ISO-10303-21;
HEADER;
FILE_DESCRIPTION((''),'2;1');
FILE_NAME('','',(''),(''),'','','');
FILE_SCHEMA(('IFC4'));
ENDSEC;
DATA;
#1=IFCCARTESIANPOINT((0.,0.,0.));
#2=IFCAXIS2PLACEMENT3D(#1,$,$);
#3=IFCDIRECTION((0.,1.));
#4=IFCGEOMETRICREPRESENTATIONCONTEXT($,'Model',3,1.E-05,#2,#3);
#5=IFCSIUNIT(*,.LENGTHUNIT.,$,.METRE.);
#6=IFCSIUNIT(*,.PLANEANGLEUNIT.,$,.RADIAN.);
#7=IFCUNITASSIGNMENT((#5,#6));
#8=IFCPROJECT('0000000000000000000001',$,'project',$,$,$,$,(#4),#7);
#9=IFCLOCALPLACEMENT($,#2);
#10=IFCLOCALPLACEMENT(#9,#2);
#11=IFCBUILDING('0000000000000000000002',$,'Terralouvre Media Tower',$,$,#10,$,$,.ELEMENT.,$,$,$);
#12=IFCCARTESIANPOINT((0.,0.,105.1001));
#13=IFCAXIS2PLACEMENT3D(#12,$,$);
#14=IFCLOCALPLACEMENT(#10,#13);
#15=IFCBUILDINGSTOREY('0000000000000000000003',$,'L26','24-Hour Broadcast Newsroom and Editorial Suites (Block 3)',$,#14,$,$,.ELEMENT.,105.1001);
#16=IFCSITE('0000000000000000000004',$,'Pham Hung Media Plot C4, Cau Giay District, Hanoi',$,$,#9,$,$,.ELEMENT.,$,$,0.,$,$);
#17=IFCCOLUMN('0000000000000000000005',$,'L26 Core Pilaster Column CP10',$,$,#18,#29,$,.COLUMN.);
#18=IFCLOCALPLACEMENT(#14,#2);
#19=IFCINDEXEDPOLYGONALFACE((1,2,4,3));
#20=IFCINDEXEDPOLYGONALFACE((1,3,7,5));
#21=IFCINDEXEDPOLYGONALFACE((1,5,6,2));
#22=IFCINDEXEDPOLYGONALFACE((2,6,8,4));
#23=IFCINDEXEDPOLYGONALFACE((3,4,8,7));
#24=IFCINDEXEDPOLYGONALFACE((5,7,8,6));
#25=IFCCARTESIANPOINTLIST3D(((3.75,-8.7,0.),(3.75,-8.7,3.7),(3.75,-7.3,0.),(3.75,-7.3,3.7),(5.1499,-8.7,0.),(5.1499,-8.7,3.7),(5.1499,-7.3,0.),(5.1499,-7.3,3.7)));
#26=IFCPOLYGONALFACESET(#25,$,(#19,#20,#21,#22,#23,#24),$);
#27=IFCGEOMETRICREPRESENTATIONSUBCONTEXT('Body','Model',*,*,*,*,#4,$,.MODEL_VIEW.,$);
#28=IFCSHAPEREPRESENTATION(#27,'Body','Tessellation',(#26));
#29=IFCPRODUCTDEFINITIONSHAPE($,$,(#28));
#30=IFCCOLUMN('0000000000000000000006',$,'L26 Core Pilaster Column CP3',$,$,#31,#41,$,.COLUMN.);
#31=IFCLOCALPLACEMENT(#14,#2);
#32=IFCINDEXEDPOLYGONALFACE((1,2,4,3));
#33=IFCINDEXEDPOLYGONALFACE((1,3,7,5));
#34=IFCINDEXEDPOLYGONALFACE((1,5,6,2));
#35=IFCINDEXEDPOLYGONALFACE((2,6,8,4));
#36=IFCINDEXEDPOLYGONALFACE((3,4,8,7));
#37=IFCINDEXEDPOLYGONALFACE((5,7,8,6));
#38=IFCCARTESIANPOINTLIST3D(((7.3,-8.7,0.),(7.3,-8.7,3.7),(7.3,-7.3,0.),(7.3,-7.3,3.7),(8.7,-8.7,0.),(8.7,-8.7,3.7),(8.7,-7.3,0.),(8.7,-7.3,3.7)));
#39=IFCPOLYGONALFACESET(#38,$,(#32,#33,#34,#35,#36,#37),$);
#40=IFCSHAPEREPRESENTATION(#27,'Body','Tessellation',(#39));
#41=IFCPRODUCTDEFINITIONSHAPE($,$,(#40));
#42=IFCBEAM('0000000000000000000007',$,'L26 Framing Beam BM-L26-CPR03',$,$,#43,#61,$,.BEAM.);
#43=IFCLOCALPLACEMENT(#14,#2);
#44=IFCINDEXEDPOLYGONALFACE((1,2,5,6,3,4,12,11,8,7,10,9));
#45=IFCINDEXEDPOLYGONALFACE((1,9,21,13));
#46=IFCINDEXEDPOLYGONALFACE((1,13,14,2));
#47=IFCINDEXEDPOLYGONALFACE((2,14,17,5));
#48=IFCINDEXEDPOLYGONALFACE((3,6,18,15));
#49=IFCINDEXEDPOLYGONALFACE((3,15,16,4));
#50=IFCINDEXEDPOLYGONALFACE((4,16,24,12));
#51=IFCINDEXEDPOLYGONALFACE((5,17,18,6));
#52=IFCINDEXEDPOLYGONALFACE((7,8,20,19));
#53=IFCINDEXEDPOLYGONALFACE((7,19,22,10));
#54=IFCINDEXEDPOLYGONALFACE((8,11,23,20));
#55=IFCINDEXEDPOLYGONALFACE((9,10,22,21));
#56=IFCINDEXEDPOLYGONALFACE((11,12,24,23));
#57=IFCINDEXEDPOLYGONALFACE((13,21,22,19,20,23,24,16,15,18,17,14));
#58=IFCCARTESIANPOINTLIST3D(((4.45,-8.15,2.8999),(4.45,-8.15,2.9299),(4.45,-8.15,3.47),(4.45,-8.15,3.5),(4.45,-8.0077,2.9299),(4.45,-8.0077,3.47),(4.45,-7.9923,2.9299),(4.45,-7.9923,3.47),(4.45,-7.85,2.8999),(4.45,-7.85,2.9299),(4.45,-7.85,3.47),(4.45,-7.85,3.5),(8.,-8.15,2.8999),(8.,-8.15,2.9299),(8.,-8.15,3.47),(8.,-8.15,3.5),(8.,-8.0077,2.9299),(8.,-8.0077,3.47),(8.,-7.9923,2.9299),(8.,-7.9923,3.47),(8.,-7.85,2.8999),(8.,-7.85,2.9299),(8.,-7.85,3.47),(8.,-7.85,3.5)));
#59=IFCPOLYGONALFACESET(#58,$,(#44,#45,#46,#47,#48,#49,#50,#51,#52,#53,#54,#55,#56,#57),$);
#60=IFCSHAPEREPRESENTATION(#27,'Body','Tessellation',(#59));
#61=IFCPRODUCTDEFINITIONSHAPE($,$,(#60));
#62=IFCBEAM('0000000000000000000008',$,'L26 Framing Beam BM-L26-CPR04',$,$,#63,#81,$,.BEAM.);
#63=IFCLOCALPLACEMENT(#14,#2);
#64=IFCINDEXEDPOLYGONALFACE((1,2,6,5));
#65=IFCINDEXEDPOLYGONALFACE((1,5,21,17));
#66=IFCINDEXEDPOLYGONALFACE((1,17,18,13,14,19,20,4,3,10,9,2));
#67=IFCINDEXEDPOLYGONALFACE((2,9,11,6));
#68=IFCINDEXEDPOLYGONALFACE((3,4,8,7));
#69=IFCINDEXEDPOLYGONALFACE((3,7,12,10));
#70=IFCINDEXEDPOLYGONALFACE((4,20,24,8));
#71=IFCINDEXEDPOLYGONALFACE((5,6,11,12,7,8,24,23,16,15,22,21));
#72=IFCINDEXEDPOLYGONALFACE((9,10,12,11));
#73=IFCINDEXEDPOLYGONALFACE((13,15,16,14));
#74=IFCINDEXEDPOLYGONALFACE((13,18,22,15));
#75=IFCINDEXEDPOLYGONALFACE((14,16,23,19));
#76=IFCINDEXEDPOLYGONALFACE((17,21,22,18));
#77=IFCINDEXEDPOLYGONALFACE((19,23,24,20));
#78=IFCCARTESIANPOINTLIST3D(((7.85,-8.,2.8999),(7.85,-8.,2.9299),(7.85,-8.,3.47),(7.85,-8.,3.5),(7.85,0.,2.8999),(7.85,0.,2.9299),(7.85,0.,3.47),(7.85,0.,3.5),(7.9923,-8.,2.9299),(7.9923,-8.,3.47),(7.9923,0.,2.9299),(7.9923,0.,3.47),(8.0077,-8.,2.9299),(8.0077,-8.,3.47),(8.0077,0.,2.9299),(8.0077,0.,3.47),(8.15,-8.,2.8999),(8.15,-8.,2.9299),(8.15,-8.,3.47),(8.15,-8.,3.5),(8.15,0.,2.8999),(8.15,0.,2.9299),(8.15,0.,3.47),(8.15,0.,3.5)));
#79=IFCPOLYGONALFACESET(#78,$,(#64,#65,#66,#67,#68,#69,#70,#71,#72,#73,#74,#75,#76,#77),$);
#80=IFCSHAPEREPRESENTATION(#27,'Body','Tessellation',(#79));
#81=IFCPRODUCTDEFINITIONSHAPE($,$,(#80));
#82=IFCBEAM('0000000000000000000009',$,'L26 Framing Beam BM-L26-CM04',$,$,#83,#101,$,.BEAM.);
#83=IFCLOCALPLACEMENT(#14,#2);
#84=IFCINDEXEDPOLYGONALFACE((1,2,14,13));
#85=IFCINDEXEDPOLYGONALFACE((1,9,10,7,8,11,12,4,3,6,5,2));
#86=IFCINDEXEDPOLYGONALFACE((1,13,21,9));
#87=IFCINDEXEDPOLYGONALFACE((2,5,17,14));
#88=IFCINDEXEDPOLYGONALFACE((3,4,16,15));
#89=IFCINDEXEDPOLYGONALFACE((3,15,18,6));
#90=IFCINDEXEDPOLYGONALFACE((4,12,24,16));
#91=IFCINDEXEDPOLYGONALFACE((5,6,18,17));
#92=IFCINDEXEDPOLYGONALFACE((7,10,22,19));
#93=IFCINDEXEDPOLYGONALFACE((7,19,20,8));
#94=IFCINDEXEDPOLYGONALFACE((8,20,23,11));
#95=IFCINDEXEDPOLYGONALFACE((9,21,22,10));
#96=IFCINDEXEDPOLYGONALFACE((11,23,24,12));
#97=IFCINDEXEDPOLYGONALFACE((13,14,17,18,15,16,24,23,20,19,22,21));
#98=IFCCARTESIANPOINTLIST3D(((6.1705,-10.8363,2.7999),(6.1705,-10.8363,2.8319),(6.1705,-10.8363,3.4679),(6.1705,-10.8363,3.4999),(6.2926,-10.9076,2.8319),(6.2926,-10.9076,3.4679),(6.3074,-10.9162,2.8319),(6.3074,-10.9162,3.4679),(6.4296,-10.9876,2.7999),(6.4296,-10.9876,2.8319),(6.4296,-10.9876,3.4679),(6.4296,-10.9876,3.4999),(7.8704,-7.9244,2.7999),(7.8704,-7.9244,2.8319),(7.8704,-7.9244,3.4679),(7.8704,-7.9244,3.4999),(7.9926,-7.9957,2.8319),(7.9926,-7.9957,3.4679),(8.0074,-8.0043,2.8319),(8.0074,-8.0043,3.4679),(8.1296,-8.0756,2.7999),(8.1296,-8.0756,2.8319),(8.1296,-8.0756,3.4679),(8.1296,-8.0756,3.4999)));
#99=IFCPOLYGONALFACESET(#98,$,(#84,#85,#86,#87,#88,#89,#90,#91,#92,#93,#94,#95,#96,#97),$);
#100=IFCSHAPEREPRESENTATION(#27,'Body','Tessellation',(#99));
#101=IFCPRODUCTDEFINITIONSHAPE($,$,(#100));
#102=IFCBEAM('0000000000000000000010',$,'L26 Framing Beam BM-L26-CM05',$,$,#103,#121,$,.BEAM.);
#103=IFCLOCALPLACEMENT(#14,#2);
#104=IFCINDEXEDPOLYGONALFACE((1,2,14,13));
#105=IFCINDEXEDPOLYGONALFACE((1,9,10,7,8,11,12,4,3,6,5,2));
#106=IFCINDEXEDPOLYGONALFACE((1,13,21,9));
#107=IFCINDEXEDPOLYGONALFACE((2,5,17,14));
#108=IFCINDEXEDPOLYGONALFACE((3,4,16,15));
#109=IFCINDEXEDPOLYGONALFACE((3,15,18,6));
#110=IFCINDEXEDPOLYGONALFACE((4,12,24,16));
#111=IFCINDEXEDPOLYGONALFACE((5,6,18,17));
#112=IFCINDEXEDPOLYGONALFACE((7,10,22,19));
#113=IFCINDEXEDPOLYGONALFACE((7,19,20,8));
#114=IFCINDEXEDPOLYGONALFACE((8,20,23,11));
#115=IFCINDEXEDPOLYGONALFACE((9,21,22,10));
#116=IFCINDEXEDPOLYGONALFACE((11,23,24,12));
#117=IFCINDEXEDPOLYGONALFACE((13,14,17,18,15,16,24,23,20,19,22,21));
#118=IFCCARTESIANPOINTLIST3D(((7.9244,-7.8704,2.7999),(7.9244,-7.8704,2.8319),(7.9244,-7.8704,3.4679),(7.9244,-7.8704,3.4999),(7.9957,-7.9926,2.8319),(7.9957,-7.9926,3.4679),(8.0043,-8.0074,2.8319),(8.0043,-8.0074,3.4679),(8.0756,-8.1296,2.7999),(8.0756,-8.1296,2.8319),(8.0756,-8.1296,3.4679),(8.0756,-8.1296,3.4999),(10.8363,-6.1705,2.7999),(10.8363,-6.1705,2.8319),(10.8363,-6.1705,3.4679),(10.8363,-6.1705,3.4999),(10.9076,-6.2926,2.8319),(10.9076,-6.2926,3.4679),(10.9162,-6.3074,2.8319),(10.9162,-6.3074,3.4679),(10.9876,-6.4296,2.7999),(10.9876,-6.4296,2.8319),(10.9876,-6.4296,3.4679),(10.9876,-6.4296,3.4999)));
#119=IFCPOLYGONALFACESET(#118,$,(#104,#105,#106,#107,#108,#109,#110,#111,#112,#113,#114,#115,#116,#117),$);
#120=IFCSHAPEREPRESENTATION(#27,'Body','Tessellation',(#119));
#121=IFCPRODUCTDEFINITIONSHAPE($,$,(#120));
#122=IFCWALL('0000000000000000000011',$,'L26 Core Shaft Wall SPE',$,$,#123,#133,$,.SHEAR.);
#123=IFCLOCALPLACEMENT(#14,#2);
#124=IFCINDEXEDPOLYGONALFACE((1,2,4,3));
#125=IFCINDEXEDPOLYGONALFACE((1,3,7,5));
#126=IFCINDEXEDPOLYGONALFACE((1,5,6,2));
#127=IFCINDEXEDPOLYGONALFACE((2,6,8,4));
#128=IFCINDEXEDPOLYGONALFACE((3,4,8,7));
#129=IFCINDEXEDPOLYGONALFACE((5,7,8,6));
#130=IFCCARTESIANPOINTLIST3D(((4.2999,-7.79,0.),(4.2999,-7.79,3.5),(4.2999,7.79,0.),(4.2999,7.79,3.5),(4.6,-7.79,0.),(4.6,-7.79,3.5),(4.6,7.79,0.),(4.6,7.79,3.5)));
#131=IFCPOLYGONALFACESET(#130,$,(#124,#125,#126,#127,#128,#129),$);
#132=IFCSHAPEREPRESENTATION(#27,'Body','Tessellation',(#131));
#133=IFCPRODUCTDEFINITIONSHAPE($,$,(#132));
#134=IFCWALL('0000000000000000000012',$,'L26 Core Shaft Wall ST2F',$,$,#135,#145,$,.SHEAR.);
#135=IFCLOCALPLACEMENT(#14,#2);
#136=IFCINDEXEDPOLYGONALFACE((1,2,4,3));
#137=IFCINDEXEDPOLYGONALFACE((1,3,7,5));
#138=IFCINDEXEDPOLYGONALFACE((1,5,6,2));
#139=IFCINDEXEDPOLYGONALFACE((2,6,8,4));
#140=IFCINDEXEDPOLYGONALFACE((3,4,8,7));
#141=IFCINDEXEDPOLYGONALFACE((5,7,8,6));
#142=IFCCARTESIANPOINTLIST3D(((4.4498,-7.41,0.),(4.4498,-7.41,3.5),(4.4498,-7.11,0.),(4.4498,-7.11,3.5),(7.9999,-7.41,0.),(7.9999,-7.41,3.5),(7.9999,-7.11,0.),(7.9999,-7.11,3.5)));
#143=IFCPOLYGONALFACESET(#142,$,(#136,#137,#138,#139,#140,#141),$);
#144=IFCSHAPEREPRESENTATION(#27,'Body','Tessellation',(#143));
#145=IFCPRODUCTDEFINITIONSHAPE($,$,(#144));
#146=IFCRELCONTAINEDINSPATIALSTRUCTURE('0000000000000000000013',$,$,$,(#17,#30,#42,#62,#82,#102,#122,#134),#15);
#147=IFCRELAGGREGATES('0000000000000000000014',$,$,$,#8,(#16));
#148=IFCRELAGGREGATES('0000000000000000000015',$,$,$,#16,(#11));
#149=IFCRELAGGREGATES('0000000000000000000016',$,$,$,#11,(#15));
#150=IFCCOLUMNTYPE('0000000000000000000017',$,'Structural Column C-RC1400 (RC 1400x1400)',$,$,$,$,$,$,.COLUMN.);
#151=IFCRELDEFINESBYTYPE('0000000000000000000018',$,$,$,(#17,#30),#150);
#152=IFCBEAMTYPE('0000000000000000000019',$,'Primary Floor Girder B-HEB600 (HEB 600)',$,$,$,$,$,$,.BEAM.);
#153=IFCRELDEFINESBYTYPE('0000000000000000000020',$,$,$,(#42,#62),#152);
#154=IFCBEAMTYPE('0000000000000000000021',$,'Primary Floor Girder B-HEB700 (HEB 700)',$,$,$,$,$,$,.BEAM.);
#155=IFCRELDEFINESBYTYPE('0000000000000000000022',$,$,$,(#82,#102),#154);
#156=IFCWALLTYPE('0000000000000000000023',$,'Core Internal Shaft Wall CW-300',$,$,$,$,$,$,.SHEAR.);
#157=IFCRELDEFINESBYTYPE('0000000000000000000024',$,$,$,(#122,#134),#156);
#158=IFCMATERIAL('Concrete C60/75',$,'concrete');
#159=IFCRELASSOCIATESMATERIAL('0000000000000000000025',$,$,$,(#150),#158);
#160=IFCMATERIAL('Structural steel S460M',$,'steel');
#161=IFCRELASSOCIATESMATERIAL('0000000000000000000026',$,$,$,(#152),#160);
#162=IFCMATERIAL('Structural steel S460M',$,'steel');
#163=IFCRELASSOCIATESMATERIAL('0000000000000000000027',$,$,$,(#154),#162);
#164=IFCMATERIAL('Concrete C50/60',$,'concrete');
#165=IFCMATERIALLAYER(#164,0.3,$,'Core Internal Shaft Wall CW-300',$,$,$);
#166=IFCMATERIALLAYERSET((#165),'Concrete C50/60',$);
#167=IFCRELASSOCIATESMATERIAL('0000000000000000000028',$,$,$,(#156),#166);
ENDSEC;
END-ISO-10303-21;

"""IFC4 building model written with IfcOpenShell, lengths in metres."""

from ifc_helpers import new_model, si_unit, direction, frame, frame_2d, origin, origin_2d, place, context, subcontext, project, spatial, rectangle, i_section, extrude, material, layer, layer_set, material_profile, profile_set, type_object, element, save


model = new_model("IFC4")

# Units and contexts
model_context = context("Model", 3, precision=1e-05, world=origin(), true_north=direction((0.0, 1.0)))
body_context = subcontext(model_context, "Body", "Model", "MODEL_VIEW")
ifc_project = project(units=[si_unit("LENGTHUNIT", "METRE"), si_unit("PLANEANGLEUNIT", "RADIAN")], contexts=[model_context])

# Site, building, storey
site_placement = place(None, origin())
site = spatial("IfcSite", under=ifc_project, at=site_placement, Name="Pham Hung Media Plot C4, Cau Giay District, Hanoi", CompositionType="ELEMENT", RefElevation=0.0)
building_placement = place(site_placement, origin())
building = spatial("IfcBuilding", under=site, at=building_placement, Name="Terralouvre Media Tower", CompositionType="ELEMENT")
storey_placement = place(building_placement, frame((0.0, 0.0, 105.1001)))
storey = spatial("IfcBuildingStorey", under=building, at=storey_placement, Name="L26", Description="24-Hour Broadcast Newsroom and Editorial Suites (Block 3)", CompositionType="ELEMENT", Elevation=105.1001)

# Columns
ifc_material_1 = material(Name="Concrete C60/75", Category="concrete")
ifc_material_profile_1 = material_profile(ifc_material_1, rectangle(XDim=1.3999, YDim=1.3999, at=origin_2d()), Name="RC 1400x1400")
ifc_profile_set_1 = profile_set([ifc_material_profile_1], Name="Concrete C60/75")
column_type = type_object("IfcColumnType", Name="Structural Column C-RC1400 (RC 1400x1400)", PredefinedType="COLUMN", material=ifc_profile_set_1)
for number, where, z_axis, x_axis, name in (
    (1, (4.45, -8.0, 0.0), (0.0, 0.0, 1.0), (1.0, 0.0, 0.0), "L26 Core Pilaster Column CP10"),
    (2, (8.0, -8.0, 0.0), (0.0, 0.0, 1.0), (1.0, 0.0, 0.0), "L26 Core Pilaster Column CP3"),
):
    element("IfcColumn", number, at=place(storey_placement, frame(where, z_axis=z_axis, x_axis=x_axis)), inside=storey, type_object=column_type, Name=name, PredefinedType="COLUMN", context=body_context, shape_type="SweptSolid", body=[
        extrude(rectangle(XDim=1.3999, YDim=1.3999, at=origin_2d()), origin(), (0.0, 0.0, 1.0), 3.7),
    ])

# Beams
ifc_material_2 = material(Name="Structural steel S460M", Category="steel")
ifc_material_profile_2 = material_profile(ifc_material_2, i_section(OverallWidth=0.3, OverallDepth=0.6001, WebThickness=0.0154, FlangeThickness=0.03, at=origin_2d()), Name="HEB 600")
ifc_profile_set_2 = profile_set([ifc_material_profile_2], Name="Structural steel S460M")
beam_type_1 = type_object("IfcBeamType", Name="Primary Floor Girder B-HEB600 (HEB 600)", PredefinedType="BEAM", material=ifc_profile_set_2)
beam_1_placement = place(storey_placement, frame((4.45, -8.0, 3.2), z_axis=(1.0, 0.0, 0.0), x_axis=(0.0, 1.0, 0.0)))
element("IfcBeam", 3, at=beam_1_placement, inside=storey, type_object=beam_type_1, Name="L26 Framing Beam BM-L26-CPR03", PredefinedType="BEAM", context=body_context, shape_type="SweptSolid", body=[
    extrude(i_section(OverallWidth=0.3, OverallDepth=0.6001, WebThickness=0.0154, FlangeThickness=0.03, at=origin_2d()), origin(), (0.0, 0.0, 1.0), 3.55),
])
beam_2_placement = place(storey_placement, frame((8.0, -8.0, 3.2), z_axis=(0.0, 1.0, 0.0), x_axis=(-1.0, 0.0, 0.0)))
element("IfcBeam", 4, at=beam_2_placement, inside=storey, type_object=beam_type_1, Name="L26 Framing Beam BM-L26-CPR04", PredefinedType="BEAM", context=body_context, shape_type="SweptSolid", body=[
    extrude(i_section(OverallWidth=0.3, OverallDepth=0.6001, WebThickness=0.0154, FlangeThickness=0.03, at=origin_2d()), origin(), (0.0, 0.0, 1.0), 8.0),
])
ifc_material_3 = material(Name="Structural steel S460M", Category="steel")
ifc_material_profile_3 = material_profile(ifc_material_3, i_section(OverallWidth=0.3, OverallDepth=0.7, WebThickness=0.0171, FlangeThickness=0.032, at=origin_2d()), Name="HEB 700")
ifc_profile_set_3 = profile_set([ifc_material_profile_3], Name="Structural steel S460M")
beam_type_2 = type_object("IfcBeamType", Name="Primary Floor Girder B-HEB700 (HEB 700)", PredefinedType="BEAM", material=ifc_profile_set_3)
for number, where, z_axis, x_axis, name in (
    (5, (8.0, -8.0, 3.1499), (-0.504173, -0.863603, 0.0), (0.863603, -0.504173, 0.0), "L26 Framing Beam BM-L26-CM04"),
    (6, (8.0, -8.0, 3.1499), (0.863603, 0.504173, 0.0), (-0.504173, 0.863603, 0.0), "L26 Framing Beam BM-L26-CM05"),
):
    element("IfcBeam", number, at=place(storey_placement, frame(where, z_axis=z_axis, x_axis=x_axis)), inside=storey, type_object=beam_type_2, Name=name, PredefinedType="BEAM", context=body_context, shape_type="SweptSolid", body=[
        extrude(i_section(OverallWidth=0.3, OverallDepth=0.7, WebThickness=0.0171, FlangeThickness=0.032, at=origin_2d()), origin(), (0.0, 0.0, 1.0), 3.3718),
    ])

# Walls
ifc_material_4 = material(Name="Concrete C50/60", Category="concrete")
ifc_layer_1 = layer(ifc_material_4, 0.3, Name="Core Internal Shaft Wall CW-300")
ifc_layer_set_1 = layer_set([ifc_layer_1], Name="Concrete C50/60")
wall_type_1 = type_object("IfcWallType", Name="Core Internal Shaft Wall CW-300", PredefinedType="SHEAR", material=ifc_layer_set_1)
wall_1_placement = place(storey_placement, frame((4.45, -7.79, 0.0), z_axis=(0.0, 0.0, 1.0), x_axis=(0.0, 1.0, 0.0)))
element("IfcWall", 7, at=wall_1_placement, inside=storey, type_object=wall_type_1, Name="L26 Core Shaft Wall SPE", PredefinedType="SHEAR", context=body_context, shape_type="SweptSolid", body=[
    extrude(rectangle(XDim=15.5801, YDim=0.3, at=frame_2d((7.79, 0.0))), origin(), (0.0, 0.0, 1.0), 3.5),
])
wall_2_placement = place(storey_placement, frame((4.45, -7.26, 0.0), z_axis=(0.0, 0.0, 1.0), x_axis=(1.0, 0.0, 0.0)))
element("IfcWall", 8, at=wall_2_placement, inside=storey, type_object=wall_type_1, Name="L26 Core Shaft Wall ST2F", PredefinedType="SHEAR", context=body_context, shape_type="SweptSolid", body=[
    extrude(rectangle(XDim=3.55, YDim=0.3, at=frame_2d((1.7749, 0.0))), origin(), (0.0, 0.0, 1.0), 3.5),
])

save(model, "model.ifc")
